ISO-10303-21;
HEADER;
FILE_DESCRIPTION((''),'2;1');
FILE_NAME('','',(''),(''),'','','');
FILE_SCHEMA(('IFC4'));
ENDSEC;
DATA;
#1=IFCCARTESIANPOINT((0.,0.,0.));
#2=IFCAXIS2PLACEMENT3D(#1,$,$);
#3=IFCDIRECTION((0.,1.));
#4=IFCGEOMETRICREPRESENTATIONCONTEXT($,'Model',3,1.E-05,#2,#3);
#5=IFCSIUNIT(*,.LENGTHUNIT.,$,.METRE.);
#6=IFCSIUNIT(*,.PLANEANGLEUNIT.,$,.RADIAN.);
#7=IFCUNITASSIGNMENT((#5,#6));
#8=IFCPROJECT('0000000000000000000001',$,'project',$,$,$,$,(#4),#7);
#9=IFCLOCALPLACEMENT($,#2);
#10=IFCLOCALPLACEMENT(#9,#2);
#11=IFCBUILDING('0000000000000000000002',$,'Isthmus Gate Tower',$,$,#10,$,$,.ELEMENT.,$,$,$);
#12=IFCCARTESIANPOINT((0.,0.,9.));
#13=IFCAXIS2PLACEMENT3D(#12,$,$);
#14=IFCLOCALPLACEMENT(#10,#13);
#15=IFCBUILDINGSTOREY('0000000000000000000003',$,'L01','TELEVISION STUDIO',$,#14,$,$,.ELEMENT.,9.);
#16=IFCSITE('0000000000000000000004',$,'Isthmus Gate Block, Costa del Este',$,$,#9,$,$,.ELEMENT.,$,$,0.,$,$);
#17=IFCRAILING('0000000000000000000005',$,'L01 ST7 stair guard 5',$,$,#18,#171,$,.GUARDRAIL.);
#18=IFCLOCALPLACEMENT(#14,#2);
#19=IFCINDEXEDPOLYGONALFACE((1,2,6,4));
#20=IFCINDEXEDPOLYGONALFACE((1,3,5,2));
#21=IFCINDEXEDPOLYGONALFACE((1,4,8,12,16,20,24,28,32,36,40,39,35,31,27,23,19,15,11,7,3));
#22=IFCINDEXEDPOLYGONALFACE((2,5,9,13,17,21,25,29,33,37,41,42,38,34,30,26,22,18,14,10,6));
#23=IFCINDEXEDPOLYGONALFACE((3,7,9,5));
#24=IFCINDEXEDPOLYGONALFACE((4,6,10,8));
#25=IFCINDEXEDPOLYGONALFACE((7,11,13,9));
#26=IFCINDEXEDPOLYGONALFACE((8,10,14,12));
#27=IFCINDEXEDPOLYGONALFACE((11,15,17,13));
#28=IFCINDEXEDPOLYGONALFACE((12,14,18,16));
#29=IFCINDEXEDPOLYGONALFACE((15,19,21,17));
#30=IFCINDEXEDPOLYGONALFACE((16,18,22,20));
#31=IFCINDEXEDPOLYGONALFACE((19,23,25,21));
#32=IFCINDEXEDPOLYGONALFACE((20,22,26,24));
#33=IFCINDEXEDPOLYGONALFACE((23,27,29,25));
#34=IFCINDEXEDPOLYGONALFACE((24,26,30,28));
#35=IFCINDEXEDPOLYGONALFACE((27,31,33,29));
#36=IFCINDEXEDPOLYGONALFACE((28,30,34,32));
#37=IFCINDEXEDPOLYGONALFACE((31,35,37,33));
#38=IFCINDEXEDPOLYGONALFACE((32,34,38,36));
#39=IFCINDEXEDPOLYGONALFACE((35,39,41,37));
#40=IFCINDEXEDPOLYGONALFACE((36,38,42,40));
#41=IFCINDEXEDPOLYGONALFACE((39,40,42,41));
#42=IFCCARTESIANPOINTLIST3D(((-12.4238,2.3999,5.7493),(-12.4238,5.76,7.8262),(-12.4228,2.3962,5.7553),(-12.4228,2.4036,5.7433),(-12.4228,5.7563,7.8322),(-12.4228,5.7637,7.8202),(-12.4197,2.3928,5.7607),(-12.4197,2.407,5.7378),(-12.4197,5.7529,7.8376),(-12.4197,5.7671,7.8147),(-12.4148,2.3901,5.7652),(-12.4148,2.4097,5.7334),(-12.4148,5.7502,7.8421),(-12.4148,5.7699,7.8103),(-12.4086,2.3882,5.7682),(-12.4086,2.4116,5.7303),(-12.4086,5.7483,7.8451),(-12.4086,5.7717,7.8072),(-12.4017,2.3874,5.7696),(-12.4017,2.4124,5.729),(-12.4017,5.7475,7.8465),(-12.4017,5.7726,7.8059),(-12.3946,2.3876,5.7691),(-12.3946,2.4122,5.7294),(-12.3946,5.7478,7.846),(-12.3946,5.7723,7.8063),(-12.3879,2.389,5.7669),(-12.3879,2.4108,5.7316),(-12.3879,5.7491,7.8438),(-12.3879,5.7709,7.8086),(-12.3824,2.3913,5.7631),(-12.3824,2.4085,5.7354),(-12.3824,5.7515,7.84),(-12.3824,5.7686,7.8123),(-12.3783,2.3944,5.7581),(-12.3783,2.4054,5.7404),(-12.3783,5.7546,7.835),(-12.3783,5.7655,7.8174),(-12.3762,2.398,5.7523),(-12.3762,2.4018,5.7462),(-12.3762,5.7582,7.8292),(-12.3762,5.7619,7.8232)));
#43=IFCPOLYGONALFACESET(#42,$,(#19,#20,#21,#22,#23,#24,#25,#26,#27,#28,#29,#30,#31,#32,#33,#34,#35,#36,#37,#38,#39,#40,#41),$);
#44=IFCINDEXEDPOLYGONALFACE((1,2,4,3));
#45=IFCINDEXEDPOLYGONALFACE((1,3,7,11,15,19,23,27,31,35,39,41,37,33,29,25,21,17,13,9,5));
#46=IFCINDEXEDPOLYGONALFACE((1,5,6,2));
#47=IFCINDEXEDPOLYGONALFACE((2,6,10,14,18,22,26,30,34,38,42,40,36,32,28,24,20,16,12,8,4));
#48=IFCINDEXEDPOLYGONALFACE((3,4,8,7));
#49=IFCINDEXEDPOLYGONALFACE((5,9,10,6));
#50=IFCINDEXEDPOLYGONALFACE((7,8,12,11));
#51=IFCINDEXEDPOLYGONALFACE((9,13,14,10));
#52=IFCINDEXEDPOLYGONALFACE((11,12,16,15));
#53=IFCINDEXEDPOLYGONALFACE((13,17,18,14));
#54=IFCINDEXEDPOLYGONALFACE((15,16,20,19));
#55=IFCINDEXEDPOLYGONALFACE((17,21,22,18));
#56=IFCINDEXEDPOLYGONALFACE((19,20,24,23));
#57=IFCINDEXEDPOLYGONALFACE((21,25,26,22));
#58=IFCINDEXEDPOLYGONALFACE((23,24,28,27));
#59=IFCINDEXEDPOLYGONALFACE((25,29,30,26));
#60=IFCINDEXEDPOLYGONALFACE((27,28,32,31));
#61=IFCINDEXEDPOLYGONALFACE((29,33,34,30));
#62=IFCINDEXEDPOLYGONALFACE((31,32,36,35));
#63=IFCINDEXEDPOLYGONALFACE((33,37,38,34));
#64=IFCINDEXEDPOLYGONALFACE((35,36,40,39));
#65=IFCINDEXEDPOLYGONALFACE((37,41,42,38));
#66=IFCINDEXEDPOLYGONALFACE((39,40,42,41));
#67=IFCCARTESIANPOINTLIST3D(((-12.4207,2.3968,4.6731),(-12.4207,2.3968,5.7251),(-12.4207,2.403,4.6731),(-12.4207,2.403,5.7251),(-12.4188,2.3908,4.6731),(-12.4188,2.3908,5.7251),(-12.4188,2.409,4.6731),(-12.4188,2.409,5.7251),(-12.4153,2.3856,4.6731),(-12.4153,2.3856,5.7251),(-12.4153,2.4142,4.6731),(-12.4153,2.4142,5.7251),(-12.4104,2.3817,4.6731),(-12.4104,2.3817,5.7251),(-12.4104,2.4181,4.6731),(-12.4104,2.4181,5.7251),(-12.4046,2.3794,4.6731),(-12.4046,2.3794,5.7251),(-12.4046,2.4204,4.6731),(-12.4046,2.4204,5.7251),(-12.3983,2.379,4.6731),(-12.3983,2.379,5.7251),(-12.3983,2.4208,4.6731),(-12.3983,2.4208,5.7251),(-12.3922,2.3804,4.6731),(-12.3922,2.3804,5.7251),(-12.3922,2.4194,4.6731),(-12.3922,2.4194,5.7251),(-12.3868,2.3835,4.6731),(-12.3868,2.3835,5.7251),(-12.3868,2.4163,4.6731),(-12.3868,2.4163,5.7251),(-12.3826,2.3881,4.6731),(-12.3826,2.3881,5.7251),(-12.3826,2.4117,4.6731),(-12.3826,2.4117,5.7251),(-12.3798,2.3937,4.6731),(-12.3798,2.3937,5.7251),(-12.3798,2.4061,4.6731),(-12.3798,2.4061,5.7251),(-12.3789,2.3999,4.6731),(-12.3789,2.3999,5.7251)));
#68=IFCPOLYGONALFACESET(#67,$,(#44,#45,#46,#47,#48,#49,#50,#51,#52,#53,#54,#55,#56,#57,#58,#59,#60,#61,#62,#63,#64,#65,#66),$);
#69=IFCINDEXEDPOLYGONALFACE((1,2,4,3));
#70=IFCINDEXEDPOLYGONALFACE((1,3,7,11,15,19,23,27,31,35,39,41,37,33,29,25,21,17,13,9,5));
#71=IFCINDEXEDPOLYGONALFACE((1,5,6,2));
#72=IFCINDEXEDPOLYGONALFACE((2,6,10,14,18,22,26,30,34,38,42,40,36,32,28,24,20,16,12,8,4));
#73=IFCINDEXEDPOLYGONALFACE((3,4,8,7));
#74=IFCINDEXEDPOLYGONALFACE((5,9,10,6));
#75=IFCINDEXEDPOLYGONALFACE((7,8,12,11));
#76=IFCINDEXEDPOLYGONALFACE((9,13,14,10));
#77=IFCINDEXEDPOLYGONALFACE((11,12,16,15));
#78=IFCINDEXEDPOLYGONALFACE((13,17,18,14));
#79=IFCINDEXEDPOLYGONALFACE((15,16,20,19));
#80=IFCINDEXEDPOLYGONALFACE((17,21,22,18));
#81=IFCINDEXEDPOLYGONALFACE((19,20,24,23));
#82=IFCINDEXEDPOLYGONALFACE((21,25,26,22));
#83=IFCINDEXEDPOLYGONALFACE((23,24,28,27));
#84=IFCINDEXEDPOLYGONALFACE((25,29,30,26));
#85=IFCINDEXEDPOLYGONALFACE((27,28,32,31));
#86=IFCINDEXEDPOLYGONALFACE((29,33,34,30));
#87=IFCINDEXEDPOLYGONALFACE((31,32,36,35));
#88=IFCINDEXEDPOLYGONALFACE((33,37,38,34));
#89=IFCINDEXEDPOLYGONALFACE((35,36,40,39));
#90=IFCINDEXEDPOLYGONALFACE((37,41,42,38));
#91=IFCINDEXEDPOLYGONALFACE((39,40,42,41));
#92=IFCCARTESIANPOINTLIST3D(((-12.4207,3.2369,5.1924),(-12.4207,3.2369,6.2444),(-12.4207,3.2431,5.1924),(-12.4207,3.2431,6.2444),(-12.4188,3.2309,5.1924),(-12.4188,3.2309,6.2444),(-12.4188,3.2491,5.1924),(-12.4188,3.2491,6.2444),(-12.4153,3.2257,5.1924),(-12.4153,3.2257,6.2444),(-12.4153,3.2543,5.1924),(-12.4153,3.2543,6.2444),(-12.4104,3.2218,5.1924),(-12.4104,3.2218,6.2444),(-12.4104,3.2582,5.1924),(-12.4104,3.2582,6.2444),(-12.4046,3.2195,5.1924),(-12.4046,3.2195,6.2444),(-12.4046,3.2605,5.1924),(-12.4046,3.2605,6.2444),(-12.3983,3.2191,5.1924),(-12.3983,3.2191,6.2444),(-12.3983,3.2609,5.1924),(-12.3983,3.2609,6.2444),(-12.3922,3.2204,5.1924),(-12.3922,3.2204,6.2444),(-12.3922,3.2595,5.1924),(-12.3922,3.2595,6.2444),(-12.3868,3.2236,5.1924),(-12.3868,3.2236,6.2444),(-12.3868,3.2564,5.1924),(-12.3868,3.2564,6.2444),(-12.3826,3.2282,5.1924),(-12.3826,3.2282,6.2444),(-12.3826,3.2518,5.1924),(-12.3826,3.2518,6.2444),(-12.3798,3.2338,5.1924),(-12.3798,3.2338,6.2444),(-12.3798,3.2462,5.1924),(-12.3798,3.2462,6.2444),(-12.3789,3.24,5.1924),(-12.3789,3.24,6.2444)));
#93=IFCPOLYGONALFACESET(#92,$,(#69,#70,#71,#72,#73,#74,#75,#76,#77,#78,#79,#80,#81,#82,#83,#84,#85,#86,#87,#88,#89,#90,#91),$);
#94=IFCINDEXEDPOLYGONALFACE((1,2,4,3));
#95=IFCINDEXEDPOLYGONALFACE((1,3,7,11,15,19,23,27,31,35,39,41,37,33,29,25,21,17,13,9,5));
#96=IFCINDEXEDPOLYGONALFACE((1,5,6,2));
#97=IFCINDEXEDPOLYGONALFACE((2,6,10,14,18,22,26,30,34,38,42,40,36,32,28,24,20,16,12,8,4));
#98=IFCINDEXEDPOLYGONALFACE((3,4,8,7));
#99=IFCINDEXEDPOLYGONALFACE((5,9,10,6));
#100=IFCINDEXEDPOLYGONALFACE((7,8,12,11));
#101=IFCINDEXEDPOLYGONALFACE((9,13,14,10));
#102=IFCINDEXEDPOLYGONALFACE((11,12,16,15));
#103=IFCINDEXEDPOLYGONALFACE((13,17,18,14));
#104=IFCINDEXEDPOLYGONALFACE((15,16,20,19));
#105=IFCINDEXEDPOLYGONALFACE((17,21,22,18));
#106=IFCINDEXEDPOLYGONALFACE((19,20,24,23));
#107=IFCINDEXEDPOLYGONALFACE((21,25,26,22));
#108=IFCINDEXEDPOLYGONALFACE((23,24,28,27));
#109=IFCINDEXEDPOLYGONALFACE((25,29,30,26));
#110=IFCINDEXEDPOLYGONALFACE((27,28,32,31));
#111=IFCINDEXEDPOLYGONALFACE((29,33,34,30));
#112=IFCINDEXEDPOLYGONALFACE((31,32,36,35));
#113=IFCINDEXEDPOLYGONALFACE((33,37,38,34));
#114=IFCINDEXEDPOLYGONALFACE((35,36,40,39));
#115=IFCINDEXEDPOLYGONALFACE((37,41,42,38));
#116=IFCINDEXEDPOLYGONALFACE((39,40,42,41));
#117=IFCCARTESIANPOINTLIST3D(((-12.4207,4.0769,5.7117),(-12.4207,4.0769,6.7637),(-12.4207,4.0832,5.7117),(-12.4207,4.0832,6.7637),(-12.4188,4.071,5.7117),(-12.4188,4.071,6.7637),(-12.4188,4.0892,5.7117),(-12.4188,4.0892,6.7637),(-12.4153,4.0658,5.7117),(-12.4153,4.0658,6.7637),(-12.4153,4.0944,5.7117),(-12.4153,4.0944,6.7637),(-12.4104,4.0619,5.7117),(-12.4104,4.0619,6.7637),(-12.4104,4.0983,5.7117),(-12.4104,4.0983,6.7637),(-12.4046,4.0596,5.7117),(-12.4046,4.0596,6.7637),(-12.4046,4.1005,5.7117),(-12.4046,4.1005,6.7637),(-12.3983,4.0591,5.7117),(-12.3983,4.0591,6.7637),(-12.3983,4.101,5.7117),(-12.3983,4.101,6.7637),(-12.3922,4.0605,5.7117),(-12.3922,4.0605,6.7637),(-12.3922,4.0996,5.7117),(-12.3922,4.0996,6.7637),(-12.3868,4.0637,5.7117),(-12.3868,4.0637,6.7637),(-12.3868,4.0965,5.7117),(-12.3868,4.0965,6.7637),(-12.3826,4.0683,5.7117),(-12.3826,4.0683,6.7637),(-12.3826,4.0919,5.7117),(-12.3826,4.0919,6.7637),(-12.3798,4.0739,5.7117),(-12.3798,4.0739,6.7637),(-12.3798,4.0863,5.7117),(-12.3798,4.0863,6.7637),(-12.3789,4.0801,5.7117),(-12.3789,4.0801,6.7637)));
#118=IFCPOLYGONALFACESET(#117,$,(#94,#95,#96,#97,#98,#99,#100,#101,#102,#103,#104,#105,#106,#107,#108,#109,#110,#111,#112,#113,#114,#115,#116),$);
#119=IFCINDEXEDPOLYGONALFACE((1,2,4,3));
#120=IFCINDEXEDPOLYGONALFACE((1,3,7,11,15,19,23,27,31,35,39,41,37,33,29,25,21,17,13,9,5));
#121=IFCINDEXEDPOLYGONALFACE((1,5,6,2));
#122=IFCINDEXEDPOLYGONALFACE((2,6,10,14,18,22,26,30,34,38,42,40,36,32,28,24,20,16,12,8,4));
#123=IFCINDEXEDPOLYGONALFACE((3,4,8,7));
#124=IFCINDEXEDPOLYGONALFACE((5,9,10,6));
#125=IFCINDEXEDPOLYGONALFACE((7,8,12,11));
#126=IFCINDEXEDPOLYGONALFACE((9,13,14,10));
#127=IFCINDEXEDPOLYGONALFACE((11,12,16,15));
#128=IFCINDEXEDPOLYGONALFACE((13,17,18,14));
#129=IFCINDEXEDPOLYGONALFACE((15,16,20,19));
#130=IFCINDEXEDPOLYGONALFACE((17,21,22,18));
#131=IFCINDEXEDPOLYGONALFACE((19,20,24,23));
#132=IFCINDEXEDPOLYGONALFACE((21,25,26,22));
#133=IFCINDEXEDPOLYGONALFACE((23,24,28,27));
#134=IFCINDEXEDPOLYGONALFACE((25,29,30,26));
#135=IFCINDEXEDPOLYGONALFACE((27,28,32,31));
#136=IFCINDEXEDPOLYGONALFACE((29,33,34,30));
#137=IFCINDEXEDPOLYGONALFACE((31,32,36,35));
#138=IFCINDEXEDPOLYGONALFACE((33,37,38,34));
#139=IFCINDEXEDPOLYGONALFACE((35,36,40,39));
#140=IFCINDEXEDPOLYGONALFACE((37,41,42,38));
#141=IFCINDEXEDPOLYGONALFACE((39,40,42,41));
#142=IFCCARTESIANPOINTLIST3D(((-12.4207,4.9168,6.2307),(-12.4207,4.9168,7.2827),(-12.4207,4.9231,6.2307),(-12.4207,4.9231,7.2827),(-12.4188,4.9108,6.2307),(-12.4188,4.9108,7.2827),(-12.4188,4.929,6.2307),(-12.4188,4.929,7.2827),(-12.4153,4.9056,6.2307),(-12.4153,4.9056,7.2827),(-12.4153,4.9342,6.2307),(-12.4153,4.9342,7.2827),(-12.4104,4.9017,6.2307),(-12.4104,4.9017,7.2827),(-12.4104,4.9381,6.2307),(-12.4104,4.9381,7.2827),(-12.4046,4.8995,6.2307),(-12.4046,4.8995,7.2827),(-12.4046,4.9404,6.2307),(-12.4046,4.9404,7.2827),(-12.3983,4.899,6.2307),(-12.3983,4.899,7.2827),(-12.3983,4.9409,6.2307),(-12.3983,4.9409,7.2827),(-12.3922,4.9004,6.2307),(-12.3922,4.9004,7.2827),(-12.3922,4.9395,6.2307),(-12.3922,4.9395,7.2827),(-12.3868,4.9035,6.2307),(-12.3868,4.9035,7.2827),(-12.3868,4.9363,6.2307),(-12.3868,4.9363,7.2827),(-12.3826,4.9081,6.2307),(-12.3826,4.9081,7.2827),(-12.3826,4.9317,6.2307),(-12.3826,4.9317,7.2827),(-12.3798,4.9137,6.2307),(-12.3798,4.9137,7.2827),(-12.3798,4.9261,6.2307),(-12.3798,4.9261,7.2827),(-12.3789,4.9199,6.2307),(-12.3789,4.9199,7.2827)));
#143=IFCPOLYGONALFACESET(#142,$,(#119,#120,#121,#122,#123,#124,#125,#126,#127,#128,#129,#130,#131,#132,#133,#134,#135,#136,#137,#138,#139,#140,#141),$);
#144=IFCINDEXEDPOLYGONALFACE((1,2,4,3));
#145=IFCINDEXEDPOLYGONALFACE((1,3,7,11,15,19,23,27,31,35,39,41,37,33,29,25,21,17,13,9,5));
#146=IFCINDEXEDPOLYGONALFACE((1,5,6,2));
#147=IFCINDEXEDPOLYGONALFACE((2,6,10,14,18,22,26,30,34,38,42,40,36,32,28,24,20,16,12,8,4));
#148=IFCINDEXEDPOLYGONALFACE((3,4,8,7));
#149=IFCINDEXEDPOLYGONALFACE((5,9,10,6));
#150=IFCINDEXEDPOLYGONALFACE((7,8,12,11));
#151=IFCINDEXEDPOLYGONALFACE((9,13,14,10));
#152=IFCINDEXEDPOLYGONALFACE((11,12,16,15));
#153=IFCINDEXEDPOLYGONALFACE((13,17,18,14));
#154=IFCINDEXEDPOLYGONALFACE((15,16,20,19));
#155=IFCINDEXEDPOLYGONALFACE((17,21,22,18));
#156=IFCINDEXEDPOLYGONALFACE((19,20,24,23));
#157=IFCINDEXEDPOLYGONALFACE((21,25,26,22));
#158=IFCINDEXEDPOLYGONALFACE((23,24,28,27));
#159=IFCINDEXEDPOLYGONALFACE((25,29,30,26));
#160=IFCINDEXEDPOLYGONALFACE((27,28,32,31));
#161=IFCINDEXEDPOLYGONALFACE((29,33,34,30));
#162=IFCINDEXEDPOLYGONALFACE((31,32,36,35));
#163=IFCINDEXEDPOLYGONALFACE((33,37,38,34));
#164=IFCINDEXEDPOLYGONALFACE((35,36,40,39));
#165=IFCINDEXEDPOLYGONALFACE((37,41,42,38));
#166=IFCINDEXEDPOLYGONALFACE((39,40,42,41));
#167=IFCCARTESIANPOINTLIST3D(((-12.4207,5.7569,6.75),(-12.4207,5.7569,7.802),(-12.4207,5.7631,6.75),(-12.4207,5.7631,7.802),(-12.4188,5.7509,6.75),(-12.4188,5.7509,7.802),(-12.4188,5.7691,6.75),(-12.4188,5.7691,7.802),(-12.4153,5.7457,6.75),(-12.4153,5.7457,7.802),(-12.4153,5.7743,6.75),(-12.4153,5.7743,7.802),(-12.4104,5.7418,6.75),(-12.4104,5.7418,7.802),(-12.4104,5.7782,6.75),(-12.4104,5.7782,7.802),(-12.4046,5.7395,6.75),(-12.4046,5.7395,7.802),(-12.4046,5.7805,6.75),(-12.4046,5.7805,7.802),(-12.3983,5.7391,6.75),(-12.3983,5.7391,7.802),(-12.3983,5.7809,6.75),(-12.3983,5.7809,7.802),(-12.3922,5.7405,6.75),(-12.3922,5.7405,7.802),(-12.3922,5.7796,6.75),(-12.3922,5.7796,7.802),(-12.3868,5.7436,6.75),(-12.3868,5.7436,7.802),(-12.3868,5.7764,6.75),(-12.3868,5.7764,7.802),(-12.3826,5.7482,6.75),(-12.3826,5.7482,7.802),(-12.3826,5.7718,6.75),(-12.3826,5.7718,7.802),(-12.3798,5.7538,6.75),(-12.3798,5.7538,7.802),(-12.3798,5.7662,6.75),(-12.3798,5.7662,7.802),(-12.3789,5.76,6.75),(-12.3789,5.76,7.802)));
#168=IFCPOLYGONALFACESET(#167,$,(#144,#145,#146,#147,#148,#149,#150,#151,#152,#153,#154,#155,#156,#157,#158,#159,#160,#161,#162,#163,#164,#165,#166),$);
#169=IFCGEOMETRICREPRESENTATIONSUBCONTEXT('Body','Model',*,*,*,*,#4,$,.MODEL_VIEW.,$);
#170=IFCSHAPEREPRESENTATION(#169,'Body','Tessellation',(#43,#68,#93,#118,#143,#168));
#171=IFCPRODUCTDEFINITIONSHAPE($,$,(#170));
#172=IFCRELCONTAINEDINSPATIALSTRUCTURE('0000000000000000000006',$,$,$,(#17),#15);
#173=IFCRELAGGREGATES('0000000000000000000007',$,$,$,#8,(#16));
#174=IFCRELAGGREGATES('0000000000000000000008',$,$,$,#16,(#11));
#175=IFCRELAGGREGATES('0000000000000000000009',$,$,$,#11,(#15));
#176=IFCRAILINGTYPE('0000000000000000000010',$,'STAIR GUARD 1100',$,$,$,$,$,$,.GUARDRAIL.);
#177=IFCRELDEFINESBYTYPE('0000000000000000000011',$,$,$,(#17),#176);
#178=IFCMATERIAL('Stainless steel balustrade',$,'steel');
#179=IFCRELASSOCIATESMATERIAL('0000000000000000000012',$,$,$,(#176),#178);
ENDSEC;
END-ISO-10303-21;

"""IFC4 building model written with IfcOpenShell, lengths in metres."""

from ifc_helpers import new_model, si_unit, direction, frame, origin, origin_2d, place, context, subcontext, project, spatial, circle, extrude, material, type_object, element, save


model = new_model("IFC4")

# Units and contexts
model_context = context("Model", 3, precision=1e-05, world=origin(), true_north=direction((0.0, 1.0)))
body_context = subcontext(model_context, "Body", "Model", "MODEL_VIEW")
ifc_project = project(units=[si_unit("LENGTHUNIT", "METRE"), si_unit("PLANEANGLEUNIT", "RADIAN")], contexts=[model_context])

# Site, building, storey
site_placement = place(None, origin())
site = spatial("IfcSite", under=ifc_project, at=site_placement, Name="Isthmus Gate Block, Costa del Este", CompositionType="ELEMENT", RefElevation=0.0)
building_placement = place(site_placement, origin())
building = spatial("IfcBuilding", under=site, at=building_placement, Name="Isthmus Gate Tower", CompositionType="ELEMENT")
storey_placement = place(building_placement, frame((0.0, 0.0, 9.0)))
storey = spatial("IfcBuildingStorey", under=building, at=storey_placement, Name="L01", Description="TELEVISION STUDIO", CompositionType="ELEMENT", Elevation=9.0)

# Railing
ifc_material_1 = material(Name="Stainless steel balustrade", Category="steel")
railing_type_1 = type_object("IfcRailingType", Name="STAIR GUARD 1100", PredefinedType="GUARDRAIL", material=ifc_material_1)
railing_1_placement = place(storey_placement, frame((-12.3999, 2.3999, 4.6731)))
element("IfcRailing", 1, at=railing_1_placement, inside=storey, type_object=railing_type_1, Name="L01 ST7 stair guard 5", PredefinedType="GUARDRAIL", context=body_context, shape_type="SweptSolid", body=[
    extrude(circle(Radius=0.0239, at=origin_2d()), frame((0.0, 0.0, 1.0762), z_axis=(0.0, 0.850623, 0.525776), x_axis=(-1.0, 0.0, 0.0)), (0.0, 0.0, 1.0), 3.9502),
    extrude(circle(Radius=0.021, at=origin_2d()), origin(), (0.0, 0.0, 1.0), 1.052),
    extrude(circle(Radius=0.021, at=origin_2d()), frame((0.0, 0.8401, 0.5193)), (0.0, 0.0, 1.0), 1.052),
    extrude(circle(Radius=0.021, at=origin_2d()), frame((0.0, 1.6802, 1.0386)), (0.0, 0.0, 1.0), 1.052),
    extrude(circle(Radius=0.021, at=origin_2d()), frame((0.0, 2.52, 1.5576)), (0.0, 0.0, 1.0), 1.052),
    extrude(circle(Radius=0.021, at=origin_2d()), frame((0.0, 3.3601, 2.0769)), (0.0, 0.0, 1.0), 1.052),
])

save(model, "model.ifc")
